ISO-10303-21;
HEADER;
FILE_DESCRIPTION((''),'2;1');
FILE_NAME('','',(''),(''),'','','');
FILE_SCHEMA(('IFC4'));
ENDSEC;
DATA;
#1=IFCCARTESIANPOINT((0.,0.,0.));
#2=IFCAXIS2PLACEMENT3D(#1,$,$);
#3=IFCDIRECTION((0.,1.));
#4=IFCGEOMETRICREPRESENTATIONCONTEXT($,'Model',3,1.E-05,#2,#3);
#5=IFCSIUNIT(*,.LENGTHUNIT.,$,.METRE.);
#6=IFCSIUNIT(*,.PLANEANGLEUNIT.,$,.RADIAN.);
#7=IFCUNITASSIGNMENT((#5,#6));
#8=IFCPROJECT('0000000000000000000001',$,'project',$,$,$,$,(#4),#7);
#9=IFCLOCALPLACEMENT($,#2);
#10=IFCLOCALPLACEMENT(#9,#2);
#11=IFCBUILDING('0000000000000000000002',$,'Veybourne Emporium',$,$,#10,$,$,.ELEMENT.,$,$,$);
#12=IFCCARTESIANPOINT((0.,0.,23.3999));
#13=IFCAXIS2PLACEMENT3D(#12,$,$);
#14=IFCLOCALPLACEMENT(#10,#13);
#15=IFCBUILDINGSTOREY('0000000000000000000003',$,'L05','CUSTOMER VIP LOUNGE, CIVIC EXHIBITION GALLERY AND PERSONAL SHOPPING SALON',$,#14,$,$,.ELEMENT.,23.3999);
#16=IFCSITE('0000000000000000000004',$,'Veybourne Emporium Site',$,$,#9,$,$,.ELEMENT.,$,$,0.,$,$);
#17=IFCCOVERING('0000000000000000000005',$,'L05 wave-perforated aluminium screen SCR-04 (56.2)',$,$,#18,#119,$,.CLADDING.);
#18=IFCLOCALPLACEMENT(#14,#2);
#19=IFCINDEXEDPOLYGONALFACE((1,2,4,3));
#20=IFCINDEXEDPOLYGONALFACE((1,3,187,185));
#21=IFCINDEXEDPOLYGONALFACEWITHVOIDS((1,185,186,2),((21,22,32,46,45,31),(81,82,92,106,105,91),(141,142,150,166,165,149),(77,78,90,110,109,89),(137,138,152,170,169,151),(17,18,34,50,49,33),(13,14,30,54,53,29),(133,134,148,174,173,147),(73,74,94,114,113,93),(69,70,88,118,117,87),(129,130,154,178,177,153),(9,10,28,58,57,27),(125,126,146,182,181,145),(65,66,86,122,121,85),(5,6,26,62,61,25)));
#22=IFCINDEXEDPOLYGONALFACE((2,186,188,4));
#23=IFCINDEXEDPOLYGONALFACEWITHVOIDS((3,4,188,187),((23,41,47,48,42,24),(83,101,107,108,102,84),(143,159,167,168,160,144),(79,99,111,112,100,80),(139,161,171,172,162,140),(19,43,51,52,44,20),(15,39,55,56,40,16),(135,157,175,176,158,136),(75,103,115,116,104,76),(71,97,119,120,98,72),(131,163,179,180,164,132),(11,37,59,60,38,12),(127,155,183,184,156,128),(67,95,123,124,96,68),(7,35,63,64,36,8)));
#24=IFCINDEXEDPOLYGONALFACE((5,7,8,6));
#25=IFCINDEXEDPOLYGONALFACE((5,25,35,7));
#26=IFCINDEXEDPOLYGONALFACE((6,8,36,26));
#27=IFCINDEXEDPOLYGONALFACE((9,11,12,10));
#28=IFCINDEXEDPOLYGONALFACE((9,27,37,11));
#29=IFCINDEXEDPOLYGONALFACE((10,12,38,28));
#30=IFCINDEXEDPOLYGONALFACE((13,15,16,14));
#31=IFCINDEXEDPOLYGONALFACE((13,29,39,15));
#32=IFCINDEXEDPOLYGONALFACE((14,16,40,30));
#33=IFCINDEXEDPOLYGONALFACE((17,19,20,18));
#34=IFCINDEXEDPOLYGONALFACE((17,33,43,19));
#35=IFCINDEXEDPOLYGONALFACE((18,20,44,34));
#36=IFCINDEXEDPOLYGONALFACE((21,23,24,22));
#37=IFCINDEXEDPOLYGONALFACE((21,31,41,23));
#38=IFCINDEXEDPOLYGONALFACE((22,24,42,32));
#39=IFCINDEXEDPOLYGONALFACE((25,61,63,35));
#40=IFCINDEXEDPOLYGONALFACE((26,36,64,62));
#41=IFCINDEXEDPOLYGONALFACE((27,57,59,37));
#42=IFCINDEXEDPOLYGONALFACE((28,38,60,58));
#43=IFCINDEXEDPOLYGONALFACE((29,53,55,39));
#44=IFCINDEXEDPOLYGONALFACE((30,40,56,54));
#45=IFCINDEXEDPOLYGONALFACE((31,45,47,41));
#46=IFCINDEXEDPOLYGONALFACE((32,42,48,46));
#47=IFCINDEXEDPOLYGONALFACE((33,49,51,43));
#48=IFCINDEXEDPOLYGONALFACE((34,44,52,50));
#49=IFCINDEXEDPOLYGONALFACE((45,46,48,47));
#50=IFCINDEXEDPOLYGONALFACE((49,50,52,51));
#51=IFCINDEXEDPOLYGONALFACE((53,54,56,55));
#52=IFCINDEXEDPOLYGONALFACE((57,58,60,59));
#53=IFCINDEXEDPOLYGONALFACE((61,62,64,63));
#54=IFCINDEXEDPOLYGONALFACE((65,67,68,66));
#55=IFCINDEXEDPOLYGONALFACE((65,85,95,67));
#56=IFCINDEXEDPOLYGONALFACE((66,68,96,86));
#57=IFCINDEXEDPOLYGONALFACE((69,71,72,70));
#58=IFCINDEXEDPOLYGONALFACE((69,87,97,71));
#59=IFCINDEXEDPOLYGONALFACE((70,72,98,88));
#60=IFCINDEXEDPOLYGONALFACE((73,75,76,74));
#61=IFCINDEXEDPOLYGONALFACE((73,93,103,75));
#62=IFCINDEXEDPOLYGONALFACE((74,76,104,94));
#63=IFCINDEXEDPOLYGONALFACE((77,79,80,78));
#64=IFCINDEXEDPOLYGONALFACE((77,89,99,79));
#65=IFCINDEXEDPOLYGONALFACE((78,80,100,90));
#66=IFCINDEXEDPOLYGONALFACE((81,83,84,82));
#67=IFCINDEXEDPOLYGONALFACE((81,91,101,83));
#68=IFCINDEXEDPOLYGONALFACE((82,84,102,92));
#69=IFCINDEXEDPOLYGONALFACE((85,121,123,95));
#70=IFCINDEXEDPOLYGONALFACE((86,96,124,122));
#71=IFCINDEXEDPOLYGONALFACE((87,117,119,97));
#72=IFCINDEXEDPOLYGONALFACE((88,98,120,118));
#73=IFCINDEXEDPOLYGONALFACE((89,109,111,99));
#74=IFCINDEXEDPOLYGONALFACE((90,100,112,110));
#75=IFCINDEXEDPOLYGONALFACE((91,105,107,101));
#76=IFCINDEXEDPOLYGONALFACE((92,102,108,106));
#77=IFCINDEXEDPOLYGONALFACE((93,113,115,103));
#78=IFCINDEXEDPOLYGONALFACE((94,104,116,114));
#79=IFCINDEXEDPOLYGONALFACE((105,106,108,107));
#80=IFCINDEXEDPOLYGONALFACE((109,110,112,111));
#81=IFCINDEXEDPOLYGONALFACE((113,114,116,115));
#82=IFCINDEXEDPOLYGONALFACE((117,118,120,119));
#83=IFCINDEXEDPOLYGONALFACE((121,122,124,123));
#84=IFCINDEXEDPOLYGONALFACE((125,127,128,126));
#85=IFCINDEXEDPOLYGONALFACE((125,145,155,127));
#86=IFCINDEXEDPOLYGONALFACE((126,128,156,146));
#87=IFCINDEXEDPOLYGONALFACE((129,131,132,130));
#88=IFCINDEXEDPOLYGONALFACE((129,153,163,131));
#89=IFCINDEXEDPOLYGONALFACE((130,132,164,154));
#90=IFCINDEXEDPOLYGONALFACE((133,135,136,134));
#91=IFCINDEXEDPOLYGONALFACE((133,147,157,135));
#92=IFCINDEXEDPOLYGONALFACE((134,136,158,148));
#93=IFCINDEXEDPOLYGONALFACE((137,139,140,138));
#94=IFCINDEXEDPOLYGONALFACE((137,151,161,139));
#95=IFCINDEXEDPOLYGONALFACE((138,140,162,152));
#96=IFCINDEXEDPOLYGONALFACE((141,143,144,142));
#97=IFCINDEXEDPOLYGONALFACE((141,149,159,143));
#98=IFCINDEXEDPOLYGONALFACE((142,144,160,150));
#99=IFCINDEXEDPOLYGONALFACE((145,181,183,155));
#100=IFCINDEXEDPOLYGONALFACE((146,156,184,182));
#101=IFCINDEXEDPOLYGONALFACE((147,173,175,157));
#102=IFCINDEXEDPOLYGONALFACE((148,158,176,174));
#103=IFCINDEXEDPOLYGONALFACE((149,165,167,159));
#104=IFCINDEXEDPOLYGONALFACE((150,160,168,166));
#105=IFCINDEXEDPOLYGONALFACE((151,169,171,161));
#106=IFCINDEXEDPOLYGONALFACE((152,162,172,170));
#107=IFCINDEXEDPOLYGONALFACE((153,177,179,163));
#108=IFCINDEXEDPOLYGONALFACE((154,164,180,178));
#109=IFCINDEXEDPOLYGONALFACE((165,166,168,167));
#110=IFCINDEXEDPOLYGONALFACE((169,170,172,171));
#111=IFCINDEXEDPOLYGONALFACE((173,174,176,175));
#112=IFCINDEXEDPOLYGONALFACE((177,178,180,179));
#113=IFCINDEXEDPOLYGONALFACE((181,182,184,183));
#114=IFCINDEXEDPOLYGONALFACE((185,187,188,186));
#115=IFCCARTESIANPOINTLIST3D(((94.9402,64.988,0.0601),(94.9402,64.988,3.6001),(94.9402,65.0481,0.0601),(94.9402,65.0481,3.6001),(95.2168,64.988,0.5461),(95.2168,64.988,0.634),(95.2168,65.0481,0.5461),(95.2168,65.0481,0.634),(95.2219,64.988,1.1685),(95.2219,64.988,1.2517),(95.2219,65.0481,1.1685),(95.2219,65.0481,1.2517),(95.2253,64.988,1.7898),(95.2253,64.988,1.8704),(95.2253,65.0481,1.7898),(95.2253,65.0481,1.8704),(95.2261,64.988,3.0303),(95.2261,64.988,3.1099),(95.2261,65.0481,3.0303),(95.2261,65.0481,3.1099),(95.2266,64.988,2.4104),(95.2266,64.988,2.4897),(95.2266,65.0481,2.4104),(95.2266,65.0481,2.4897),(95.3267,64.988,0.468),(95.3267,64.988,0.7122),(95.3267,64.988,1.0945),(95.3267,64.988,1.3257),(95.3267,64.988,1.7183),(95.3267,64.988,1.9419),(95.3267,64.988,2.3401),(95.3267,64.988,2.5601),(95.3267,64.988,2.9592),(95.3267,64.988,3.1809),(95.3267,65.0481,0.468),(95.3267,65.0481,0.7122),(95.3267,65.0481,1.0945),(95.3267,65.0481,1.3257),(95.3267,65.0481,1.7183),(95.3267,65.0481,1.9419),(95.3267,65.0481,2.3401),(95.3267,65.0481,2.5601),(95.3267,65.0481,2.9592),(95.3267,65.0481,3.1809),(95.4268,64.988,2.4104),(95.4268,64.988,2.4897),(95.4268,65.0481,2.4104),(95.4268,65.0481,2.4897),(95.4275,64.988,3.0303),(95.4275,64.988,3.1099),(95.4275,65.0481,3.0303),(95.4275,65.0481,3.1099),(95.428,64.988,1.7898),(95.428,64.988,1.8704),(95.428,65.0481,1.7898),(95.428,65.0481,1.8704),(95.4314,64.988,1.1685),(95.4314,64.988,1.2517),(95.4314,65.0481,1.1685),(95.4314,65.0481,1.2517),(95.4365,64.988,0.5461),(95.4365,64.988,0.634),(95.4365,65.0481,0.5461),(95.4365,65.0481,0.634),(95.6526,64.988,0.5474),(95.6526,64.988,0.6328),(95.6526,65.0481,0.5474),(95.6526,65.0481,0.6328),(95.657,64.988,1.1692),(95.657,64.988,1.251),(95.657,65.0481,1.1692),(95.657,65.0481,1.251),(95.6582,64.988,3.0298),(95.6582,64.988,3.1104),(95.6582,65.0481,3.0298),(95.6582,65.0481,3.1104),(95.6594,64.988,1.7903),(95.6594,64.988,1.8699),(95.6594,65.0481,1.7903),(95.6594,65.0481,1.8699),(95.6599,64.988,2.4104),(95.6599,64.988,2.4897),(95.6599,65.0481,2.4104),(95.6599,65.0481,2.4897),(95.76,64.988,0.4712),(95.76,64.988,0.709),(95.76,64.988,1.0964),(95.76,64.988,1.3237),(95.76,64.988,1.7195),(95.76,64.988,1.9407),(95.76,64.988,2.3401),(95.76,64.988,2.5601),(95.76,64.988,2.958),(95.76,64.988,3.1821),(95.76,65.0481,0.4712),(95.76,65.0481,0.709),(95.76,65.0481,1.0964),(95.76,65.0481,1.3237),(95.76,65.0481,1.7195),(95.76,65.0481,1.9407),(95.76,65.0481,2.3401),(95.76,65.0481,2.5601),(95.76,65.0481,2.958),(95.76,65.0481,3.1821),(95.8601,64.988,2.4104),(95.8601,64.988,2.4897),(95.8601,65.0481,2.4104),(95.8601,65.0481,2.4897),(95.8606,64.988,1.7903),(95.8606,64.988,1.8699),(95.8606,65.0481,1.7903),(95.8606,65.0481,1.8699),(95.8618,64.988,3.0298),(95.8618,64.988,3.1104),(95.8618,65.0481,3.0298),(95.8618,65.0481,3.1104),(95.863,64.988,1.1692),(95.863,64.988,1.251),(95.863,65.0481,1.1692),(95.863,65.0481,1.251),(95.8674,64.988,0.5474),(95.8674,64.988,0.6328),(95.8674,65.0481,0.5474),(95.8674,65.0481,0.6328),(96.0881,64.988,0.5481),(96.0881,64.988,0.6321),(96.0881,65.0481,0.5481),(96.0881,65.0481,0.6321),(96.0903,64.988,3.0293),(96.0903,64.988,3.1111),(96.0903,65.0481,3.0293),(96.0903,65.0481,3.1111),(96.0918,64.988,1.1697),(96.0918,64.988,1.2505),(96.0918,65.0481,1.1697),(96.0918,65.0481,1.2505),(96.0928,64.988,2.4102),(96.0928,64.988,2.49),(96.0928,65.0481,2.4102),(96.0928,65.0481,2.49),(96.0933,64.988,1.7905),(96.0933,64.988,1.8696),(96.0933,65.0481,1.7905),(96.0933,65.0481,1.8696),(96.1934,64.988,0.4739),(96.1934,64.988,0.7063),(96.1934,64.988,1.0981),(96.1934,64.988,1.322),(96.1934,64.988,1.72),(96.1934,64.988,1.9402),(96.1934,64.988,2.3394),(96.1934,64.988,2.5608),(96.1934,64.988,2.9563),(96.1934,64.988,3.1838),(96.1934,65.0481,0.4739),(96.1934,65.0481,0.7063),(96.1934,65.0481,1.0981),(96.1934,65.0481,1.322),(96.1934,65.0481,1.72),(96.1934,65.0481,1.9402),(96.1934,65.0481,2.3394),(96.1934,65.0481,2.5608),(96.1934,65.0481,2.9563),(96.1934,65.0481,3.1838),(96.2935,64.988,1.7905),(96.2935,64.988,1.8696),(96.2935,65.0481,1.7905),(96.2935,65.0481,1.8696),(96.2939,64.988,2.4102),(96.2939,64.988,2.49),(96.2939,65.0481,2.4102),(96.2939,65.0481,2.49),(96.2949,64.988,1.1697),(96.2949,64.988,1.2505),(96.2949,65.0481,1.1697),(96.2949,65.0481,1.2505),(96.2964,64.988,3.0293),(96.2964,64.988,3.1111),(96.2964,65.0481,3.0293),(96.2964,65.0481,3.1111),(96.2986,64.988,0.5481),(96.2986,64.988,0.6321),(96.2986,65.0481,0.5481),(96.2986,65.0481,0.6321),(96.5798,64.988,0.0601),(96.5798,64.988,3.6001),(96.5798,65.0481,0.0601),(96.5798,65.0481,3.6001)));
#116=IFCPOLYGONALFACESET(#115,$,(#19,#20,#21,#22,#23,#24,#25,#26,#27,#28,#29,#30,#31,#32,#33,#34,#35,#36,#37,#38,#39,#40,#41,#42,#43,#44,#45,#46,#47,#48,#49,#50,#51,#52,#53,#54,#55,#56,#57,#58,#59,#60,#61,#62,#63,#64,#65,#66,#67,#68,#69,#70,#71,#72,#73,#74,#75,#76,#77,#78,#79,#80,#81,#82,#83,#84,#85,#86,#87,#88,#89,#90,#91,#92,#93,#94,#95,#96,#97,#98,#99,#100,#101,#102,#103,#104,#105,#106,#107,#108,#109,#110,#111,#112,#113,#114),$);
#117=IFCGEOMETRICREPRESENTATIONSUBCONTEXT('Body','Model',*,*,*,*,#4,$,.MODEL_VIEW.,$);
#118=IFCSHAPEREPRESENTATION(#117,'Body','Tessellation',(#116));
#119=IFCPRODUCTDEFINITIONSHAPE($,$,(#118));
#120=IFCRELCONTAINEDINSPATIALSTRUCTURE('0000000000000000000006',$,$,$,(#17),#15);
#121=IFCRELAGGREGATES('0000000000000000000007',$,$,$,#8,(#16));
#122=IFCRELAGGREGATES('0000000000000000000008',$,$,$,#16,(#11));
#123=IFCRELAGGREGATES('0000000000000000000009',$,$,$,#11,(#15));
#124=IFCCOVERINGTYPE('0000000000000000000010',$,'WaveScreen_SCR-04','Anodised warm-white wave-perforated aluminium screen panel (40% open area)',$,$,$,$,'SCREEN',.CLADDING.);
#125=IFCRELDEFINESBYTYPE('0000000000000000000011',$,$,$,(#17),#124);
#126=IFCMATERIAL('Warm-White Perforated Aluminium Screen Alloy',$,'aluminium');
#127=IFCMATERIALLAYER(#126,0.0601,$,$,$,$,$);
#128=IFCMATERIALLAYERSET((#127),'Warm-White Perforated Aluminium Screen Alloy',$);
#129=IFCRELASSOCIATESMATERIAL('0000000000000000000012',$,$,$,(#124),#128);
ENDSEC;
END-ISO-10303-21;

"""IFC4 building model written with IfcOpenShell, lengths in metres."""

from ifc_helpers import new_model, si_unit, direction, frame, origin, place, context, subcontext, project, spatial, polyline, outline, extrude, material, layer, layer_set, type_object, element, save


model = new_model("IFC4")

# Units and contexts
model_context = context("Model", 3, precision=1e-05, world=origin(), true_north=direction((0.0, 1.0)))
body_context = subcontext(model_context, "Body", "Model", "MODEL_VIEW")
ifc_project = project(units=[si_unit("LENGTHUNIT", "METRE"), si_unit("PLANEANGLEUNIT", "RADIAN")], contexts=[model_context])

# Site, building, storey
site_placement = place(None, origin())
site = spatial("IfcSite", under=ifc_project, at=site_placement, Name="Veybourne Emporium Site", CompositionType="ELEMENT", RefElevation=0.0)
building_placement = place(site_placement, origin())
building = spatial("IfcBuilding", under=site, at=building_placement, Name="Veybourne Emporium", CompositionType="ELEMENT")
storey_placement = place(building_placement, frame((0.0, 0.0, 23.3999)))
storey = spatial("IfcBuildingStorey", under=building, at=storey_placement, Name="L05", Description="CUSTOMER VIP LOUNGE, CIVIC EXHIBITION GALLERY AND PERSONAL SHOPPING SALON", CompositionType="ELEMENT", Elevation=23.3999)

# Covering
ifc_material_1 = material(Name="Warm-White Perforated Aluminium Screen Alloy", Category="aluminium")
ifc_layer_1 = layer(ifc_material_1, 0.0601)
ifc_layer_set_1 = layer_set([ifc_layer_1], Name="Warm-White Perforated Aluminium Screen Alloy")
covering_type_1 = type_object("IfcCoveringType", Name="WaveScreen_SCR-04", Description="Anodised warm-white wave-perforated aluminium screen panel (40% open area)", ElementType="SCREEN", PredefinedType="CLADDING", material=ifc_layer_set_1)
covering_1_placement = place(storey_placement, frame((95.76, 65.0481, 1.8301), z_axis=(0.0, -1.0, 0.0), x_axis=(1.0, 0.0, 0.0)))
element("IfcCovering", 1, at=covering_1_placement, inside=storey, type_object=covering_type_1, Name="L05 wave-perforated aluminium screen SCR-04 (56.2)", PredefinedType="CLADDING", context=body_context, shape_type="SweptSolid", body=[
    extrude(outline(polyline([(-0.8198, -1.77), (0.8198, -1.77), (0.8198, 1.77), (-0.8198, 1.77), (-0.8198, -1.77)]), holes=[polyline([(-0.4333, -1.1179), (-0.3235, -1.196), (-0.3235, -1.2839), (-0.4333, -1.3621), (-0.5432, -1.2839), (-0.5432, -1.196), (-0.4333, -1.1179)]), polyline([(-0.4333, -0.5044), (-0.3286, -0.5784), (-0.3286, -0.6616), (-0.4333, -0.7356), (-0.5381, -0.6616), (-0.5381, -0.5784), (-0.4333, -0.5044)]), polyline([(-0.4333, 0.1118), (-0.332, 0.0403), (-0.332, -0.0403), (-0.4333, -0.1118), (-0.5347, -0.0403), (-0.5347, 0.0403), (-0.4333, 0.1118)]), polyline([(-0.4333, 0.73), (-0.3333, 0.6597), (-0.3333, 0.5803), (-0.4333, 0.51), (-0.5334, 0.5803), (-0.5334, 0.6597), (-0.4333, 0.73)]), polyline([(-0.4333, 1.3508), (-0.3325, 1.2798), (-0.3325, 1.2002), (-0.4333, 1.1292), (-0.5339, 1.2002), (-0.5339, 1.2798), (-0.4333, 1.3508)]), polyline([(0.0, -1.1211), (0.1074, -1.1973), (0.1074, -1.2827), (0.0, -1.3589), (-0.1074, -1.2827), (-0.1074, -1.1973), (0.0, -1.1211)]), polyline([(0.0, -0.5063), (0.103, -0.5791), (0.103, -0.6609), (0.0, -0.7336), (-0.103, -0.6609), (-0.103, -0.5791), (0.0, -0.5063)]), polyline([(0.0, 0.1106), (0.1006, 0.0398), (0.1006, -0.0398), (0.0, -0.1106), (-0.1006, -0.0398), (-0.1006, 0.0398), (0.0, 0.1106)]), polyline([(0.0, 0.73), (0.1001, 0.6597), (0.1001, 0.5803), (0.0, 0.51), (-0.1001, 0.5803), (-0.1001, 0.6597), (0.0, 0.73)]), polyline([(0.0, 1.3521), (0.1018, 1.2803), (0.1018, 1.1997), (0.0, 1.1279), (-0.1018, 1.1997), (-0.1018, 1.2803), (0.0, 1.3521)]), polyline([(0.4333, -1.1238), (0.5386, -1.198), (0.5386, -1.282), (0.4333, -1.3562), (0.3281, -1.282), (0.3281, -1.198), (0.4333, -1.1238)]), polyline([(0.4333, -0.5081), (0.5349, -0.5796), (0.5349, -0.6604), (0.4333, -0.7319), (0.3318, -0.6604), (0.3318, -0.5796), (0.4333, -0.5081)]), polyline([(0.4333, 0.1101), (0.5334, 0.0396), (0.5334, -0.0396), (0.4333, -0.1101), (0.3333, -0.0396), (0.3333, 0.0396), (0.4333, 0.1101)]), polyline([(0.4333, 0.7307), (0.5339, 0.6599), (0.5339, 0.5801), (0.4333, 0.5093), (0.3328, 0.5801), (0.3328, 0.6599), (0.4333, 0.7307)]), polyline([(0.4333, 1.3538), (0.5364, 1.281), (0.5364, 1.1992), (0.4333, 1.1262), (0.3303, 1.1992), (0.3303, 1.281), (0.4333, 1.3538)])]), origin(), (0.0, 0.0, 1.0), 0.0601),
])

save(model, "model.ifc")
